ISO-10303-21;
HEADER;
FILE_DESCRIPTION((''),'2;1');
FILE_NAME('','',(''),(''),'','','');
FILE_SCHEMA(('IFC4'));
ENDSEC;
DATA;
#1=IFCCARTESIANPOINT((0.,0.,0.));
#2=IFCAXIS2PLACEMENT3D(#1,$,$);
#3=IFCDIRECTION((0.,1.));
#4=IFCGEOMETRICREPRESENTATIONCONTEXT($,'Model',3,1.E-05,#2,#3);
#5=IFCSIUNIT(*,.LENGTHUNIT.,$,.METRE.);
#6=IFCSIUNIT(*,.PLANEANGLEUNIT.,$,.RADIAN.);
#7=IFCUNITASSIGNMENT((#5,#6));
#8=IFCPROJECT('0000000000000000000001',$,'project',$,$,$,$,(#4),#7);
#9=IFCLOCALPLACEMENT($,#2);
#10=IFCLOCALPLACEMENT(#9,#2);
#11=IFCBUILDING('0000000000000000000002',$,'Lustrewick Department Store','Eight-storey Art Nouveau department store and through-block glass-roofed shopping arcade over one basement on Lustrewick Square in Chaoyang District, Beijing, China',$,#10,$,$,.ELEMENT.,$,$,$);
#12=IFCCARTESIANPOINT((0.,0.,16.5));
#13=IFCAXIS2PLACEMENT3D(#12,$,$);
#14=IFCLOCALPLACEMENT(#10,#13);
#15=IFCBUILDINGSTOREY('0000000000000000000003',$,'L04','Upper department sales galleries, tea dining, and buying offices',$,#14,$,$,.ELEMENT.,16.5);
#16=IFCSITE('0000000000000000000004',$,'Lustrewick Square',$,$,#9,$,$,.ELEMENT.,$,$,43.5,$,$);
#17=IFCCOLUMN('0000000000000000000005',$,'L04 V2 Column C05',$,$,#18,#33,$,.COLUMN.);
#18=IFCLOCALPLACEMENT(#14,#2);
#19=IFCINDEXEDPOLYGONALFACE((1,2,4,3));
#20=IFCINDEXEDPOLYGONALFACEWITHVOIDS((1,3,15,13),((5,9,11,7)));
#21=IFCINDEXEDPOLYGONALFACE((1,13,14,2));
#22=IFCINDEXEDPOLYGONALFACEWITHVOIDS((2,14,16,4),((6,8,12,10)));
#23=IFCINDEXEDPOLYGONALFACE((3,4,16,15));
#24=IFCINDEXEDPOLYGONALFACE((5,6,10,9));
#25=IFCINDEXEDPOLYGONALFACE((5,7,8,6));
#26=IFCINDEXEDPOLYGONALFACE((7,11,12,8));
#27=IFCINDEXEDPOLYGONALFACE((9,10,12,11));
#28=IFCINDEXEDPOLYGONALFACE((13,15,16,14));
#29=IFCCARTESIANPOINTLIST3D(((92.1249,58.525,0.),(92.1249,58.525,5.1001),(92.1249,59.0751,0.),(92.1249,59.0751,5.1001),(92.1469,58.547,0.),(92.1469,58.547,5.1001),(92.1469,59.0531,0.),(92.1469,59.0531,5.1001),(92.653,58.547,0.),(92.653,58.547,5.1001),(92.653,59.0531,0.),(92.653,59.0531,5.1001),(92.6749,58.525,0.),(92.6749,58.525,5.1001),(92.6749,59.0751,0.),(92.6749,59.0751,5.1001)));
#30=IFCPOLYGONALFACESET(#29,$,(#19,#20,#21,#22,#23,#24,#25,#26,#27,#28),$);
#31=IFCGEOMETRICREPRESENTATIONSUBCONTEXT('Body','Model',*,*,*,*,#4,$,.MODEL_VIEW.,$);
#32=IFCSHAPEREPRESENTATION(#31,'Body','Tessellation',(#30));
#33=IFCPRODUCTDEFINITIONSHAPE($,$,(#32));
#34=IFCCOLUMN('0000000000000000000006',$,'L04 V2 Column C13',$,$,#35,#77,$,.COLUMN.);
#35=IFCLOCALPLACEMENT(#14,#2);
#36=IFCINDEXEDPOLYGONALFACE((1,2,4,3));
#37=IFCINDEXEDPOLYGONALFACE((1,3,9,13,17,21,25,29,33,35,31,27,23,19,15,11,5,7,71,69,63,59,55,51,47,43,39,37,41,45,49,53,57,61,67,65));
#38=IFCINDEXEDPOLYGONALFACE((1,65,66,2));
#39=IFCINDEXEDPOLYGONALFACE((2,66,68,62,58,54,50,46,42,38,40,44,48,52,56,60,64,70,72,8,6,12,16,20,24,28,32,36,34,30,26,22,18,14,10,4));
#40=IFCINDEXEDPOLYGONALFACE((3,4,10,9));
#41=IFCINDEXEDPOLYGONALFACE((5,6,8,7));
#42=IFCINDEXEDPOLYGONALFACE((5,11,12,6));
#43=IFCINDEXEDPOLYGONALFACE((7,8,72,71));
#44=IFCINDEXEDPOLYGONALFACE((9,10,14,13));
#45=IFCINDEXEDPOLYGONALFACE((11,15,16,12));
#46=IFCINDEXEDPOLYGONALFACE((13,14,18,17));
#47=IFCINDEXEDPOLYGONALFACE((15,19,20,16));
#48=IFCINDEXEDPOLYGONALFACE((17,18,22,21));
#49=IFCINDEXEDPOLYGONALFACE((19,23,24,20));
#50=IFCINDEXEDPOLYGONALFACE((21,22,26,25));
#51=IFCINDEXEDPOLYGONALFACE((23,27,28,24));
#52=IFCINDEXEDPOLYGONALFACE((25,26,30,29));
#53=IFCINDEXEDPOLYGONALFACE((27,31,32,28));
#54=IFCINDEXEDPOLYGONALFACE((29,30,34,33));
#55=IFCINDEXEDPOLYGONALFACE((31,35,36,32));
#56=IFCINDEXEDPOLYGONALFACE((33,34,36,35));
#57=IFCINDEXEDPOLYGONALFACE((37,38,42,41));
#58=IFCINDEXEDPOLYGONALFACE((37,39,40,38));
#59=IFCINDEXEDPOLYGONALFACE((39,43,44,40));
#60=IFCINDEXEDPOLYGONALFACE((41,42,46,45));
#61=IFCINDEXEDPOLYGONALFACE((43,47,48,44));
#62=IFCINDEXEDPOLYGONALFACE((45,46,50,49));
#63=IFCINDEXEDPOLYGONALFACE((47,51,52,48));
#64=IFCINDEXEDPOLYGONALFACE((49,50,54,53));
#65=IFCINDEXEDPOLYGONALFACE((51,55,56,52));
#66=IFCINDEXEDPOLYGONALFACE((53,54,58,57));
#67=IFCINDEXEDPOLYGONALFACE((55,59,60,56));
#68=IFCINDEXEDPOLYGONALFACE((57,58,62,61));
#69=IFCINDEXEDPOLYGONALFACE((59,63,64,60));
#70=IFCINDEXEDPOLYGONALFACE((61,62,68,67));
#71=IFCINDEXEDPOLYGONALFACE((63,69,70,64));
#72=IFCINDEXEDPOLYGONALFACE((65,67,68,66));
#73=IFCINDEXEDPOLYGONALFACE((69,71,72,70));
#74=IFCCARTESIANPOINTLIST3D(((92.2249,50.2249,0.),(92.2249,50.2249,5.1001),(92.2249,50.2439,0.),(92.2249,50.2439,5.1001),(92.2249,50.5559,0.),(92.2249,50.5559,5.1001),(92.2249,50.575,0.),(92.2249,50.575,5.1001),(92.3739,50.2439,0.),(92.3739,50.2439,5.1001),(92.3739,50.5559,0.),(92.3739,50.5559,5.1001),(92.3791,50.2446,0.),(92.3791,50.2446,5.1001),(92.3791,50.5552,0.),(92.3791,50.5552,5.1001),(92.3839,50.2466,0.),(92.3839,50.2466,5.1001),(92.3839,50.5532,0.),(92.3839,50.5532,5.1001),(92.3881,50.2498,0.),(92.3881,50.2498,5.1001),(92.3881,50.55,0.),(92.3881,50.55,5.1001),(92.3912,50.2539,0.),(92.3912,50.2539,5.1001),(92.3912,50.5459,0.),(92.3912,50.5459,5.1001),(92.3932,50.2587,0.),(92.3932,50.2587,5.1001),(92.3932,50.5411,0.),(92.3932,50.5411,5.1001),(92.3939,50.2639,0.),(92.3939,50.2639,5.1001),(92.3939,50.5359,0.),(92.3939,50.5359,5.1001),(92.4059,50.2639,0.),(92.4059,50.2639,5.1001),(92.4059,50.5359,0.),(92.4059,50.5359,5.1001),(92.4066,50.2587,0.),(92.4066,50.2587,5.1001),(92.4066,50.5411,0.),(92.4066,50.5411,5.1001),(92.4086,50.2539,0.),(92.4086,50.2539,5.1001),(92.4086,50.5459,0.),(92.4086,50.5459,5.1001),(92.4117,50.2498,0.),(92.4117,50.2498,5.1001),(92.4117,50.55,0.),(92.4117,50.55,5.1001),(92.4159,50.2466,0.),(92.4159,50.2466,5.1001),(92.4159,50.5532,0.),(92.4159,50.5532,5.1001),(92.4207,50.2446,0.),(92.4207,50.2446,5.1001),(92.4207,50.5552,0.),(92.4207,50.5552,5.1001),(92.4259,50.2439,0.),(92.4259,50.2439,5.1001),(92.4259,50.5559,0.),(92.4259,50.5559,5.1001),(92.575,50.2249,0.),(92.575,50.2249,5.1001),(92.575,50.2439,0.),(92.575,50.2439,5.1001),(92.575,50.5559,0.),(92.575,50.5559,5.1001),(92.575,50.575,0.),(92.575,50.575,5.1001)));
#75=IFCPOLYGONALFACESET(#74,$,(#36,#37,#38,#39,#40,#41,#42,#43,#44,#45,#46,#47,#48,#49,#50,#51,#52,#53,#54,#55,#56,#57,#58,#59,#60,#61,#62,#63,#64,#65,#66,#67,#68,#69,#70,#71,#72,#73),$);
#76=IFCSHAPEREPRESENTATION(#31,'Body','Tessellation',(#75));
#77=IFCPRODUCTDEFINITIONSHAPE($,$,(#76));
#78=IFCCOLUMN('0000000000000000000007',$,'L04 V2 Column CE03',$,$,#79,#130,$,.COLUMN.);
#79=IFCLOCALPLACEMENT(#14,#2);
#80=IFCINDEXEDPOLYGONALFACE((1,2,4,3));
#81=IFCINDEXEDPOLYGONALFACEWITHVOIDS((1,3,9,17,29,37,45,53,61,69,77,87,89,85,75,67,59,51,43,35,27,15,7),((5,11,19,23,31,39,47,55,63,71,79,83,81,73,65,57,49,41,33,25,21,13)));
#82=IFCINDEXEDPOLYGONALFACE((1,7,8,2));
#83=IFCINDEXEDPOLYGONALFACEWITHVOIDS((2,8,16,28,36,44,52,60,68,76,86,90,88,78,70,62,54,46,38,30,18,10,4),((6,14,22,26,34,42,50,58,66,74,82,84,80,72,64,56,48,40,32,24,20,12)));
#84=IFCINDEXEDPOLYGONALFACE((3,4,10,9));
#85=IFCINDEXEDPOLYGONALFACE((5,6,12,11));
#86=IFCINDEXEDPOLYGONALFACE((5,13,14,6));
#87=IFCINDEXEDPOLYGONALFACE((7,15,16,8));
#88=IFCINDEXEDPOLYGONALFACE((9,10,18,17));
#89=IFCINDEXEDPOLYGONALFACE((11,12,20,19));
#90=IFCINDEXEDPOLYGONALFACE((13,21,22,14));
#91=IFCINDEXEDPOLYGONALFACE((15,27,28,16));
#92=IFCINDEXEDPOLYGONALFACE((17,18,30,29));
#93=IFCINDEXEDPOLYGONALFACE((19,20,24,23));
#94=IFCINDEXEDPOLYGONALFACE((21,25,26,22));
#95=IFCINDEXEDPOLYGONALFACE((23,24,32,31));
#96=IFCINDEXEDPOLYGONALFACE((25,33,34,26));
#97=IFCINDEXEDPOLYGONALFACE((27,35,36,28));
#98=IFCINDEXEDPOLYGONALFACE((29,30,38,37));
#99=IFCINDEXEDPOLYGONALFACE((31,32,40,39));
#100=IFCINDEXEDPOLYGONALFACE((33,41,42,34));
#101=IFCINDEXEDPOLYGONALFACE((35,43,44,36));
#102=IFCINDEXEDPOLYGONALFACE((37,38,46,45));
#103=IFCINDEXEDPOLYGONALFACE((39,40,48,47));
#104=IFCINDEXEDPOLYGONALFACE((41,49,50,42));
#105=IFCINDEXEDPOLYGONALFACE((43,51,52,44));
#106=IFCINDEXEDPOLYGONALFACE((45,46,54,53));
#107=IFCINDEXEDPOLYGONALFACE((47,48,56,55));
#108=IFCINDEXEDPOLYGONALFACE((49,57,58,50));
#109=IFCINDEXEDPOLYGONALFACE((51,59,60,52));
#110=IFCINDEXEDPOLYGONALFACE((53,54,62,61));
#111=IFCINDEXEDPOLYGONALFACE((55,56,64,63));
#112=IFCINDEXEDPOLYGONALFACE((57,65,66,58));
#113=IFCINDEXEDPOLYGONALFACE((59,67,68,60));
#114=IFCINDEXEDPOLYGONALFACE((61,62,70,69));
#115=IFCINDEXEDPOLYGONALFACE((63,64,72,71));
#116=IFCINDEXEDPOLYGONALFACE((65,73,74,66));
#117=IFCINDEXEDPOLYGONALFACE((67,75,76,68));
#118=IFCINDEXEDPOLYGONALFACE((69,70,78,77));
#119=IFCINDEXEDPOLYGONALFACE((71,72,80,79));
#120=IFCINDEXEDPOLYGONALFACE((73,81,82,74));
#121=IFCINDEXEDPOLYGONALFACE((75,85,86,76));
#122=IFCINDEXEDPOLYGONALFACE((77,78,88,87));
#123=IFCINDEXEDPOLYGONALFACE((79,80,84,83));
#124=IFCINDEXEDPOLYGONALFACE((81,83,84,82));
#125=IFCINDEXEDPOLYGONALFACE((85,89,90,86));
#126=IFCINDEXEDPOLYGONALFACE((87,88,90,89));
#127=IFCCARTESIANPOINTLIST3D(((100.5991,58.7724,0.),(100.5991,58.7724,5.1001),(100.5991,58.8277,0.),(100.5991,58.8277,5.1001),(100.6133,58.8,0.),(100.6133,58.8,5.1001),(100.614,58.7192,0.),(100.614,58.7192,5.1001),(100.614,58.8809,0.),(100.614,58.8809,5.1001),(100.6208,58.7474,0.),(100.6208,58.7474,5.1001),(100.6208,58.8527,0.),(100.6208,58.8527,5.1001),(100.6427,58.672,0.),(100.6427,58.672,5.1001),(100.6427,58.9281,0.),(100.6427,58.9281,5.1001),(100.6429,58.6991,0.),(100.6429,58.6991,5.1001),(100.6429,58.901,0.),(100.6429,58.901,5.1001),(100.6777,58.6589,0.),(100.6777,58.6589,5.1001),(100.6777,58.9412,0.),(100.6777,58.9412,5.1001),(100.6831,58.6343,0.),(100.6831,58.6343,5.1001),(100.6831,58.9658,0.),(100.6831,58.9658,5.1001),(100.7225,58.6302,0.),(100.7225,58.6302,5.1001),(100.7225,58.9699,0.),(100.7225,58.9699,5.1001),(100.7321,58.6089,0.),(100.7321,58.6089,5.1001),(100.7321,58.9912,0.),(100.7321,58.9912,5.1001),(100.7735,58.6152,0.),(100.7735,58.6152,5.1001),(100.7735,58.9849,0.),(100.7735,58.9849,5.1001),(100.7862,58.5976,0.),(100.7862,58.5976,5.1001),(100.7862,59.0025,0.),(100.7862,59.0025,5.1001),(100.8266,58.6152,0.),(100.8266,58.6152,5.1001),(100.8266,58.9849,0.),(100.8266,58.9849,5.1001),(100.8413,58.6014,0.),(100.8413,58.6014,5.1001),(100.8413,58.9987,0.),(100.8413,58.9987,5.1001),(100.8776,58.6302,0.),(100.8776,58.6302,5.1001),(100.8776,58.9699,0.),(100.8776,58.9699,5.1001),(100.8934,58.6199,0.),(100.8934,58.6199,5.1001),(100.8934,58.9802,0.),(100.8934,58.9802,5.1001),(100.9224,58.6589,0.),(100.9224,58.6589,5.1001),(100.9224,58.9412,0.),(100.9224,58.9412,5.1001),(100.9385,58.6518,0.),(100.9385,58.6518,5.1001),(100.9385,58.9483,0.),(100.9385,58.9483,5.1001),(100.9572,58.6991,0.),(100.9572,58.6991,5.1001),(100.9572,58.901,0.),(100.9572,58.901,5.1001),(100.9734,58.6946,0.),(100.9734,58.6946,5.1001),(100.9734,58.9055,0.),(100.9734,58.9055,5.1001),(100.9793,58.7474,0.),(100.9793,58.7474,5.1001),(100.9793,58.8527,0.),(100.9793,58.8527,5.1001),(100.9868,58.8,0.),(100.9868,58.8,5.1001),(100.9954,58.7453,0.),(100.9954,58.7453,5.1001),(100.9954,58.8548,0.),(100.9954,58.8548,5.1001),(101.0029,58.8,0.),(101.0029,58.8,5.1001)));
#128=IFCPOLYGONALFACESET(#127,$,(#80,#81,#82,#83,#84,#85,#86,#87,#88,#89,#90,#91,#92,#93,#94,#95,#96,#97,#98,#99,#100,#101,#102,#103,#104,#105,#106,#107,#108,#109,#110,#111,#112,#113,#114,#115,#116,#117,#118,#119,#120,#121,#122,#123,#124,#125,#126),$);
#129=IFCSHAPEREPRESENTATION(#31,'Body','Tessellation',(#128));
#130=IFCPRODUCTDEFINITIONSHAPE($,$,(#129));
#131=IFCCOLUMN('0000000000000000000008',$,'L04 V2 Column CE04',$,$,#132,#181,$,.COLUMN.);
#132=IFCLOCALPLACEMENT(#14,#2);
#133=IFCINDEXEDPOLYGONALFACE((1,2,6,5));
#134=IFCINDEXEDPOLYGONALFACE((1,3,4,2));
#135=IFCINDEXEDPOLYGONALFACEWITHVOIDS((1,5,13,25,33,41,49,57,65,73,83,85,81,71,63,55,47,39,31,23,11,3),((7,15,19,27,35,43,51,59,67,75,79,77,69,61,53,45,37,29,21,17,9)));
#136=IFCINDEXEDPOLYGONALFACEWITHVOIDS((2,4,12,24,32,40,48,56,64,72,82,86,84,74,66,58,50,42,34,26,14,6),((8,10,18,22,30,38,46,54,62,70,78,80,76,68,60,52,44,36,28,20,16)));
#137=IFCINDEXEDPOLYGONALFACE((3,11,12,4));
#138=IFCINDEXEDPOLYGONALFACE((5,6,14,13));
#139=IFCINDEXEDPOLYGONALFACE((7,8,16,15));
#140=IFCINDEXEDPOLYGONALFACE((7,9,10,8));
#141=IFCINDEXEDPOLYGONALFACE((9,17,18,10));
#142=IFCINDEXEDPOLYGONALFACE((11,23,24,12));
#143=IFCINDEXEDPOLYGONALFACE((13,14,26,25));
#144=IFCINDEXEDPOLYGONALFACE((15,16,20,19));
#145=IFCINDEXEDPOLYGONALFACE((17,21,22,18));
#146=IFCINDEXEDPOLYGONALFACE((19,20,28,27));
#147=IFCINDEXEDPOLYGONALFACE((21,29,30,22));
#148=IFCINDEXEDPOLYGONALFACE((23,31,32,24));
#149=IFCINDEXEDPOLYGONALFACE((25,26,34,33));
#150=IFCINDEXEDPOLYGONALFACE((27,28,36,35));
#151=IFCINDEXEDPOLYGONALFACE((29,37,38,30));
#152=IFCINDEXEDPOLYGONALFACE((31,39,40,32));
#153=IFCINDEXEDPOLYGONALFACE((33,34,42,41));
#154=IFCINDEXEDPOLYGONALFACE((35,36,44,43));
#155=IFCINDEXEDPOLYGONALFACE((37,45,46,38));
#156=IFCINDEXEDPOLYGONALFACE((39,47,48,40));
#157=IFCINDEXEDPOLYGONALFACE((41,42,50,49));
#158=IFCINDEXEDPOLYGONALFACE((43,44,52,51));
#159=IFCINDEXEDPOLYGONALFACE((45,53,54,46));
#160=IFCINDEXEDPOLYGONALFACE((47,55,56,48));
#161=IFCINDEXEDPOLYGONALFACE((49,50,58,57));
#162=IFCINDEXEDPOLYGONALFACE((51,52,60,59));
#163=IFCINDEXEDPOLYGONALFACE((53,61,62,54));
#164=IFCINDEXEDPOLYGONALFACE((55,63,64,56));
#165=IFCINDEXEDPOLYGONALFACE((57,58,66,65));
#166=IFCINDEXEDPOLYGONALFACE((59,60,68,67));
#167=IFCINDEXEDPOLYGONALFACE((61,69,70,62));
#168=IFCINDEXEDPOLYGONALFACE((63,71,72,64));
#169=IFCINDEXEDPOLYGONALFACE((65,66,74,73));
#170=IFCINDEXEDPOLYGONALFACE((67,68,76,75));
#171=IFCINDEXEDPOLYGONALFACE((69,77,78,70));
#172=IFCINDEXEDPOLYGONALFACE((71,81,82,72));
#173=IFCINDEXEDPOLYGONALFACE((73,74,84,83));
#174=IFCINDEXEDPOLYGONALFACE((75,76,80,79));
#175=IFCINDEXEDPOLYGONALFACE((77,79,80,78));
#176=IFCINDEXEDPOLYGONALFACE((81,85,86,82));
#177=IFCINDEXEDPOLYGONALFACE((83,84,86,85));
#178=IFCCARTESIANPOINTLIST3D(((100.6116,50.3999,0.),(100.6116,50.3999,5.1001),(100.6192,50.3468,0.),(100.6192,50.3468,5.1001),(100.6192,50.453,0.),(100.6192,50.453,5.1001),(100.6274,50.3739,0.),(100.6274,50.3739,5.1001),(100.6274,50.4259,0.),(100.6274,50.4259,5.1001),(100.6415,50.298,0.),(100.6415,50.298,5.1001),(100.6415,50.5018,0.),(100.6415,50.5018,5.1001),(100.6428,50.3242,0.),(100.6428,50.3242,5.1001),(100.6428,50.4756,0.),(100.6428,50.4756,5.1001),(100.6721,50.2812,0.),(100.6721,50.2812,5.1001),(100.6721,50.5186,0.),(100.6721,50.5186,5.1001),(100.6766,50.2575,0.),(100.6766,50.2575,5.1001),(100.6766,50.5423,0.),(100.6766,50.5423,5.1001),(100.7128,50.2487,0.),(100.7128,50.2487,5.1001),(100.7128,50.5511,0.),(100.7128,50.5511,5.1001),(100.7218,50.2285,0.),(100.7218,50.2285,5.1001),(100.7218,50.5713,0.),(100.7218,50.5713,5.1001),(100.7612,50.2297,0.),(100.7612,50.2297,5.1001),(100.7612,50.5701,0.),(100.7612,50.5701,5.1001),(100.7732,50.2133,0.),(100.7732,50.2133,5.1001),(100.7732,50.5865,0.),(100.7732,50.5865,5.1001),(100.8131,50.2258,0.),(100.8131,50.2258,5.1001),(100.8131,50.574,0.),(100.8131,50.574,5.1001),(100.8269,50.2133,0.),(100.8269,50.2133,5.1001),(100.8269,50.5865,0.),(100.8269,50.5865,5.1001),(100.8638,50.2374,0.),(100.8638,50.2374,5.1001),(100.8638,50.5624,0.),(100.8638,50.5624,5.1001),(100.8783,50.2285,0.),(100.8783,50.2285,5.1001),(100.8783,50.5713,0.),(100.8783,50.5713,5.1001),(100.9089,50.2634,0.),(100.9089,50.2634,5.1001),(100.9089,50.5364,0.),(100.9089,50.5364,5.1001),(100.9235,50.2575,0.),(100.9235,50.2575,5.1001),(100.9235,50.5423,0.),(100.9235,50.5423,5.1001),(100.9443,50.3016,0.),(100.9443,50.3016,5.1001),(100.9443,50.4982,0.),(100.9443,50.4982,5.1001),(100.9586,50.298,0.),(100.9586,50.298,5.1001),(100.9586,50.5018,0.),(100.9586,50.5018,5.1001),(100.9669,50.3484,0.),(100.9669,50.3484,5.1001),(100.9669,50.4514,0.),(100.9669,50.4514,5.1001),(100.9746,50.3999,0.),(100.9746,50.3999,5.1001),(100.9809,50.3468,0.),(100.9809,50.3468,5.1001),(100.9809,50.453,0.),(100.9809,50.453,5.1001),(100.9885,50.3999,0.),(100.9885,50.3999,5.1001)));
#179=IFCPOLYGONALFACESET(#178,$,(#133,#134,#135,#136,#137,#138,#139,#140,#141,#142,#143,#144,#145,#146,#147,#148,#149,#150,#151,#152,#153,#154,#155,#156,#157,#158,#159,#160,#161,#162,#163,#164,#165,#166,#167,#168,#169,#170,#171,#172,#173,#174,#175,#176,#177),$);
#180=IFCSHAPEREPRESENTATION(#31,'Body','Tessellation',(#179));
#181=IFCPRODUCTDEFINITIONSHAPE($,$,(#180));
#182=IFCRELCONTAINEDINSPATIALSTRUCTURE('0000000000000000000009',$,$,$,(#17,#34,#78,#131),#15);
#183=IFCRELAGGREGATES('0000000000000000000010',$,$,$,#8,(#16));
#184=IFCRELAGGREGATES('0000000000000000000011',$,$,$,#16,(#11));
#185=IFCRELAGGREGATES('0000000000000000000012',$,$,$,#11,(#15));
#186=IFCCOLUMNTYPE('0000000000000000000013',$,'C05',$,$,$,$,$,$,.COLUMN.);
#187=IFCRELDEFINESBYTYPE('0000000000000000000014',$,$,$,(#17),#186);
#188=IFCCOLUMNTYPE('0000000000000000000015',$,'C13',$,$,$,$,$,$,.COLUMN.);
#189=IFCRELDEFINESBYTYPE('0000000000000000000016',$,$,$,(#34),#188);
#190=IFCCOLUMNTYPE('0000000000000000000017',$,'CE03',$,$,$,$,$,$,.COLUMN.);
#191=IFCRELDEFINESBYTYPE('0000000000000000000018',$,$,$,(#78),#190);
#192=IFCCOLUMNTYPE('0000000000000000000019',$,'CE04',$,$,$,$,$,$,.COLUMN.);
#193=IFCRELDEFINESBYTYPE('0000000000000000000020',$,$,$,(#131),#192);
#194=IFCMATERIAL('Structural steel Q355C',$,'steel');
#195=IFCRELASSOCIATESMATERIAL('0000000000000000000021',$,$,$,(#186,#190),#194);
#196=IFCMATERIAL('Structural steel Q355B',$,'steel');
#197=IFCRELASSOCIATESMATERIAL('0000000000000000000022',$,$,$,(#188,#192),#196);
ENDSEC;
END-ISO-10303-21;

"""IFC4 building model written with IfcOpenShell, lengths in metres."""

from ifc_helpers import new_model, si_unit, direction, frame, origin, origin_2d, place, context, subcontext, project, spatial, hollow_rectangle, hollow_circle, i_section, extrude, material, material_profile, profile_set, type_object, element, save


model = new_model("IFC4")

# Units and contexts
model_context = context("Model", 3, precision=1e-05, world=origin(), true_north=direction((0.0, 1.0)))
body_context = subcontext(model_context, "Body", "Model", "MODEL_VIEW")
ifc_project = project(units=[si_unit("LENGTHUNIT", "METRE"), si_unit("PLANEANGLEUNIT", "RADIAN")], contexts=[model_context])

# Site, building, storey
site_placement = place(None, origin())
site = spatial("IfcSite", under=ifc_project, at=site_placement, Name="Lustrewick Square", CompositionType="ELEMENT", RefElevation=43.5)
building_placement = place(site_placement, origin())
building = spatial("IfcBuilding", under=site, at=building_placement, Name="Lustrewick Department Store", Description="Eight-storey Art Nouveau department store and through-block glass-roofed shopping arcade over one basement on Lustrewick Square in Chaoyang District, Beijing, China", CompositionType="ELEMENT")
storey_placement = place(building_placement, frame((0.0, 0.0, 16.5)))
storey = spatial("IfcBuildingStorey", under=building, at=storey_placement, Name="L04", Description="Upper department sales galleries, tea dining, and buying offices", CompositionType="ELEMENT", Elevation=16.5)

# Columns
ifc_material_1 = material(Name="Structural steel Q355C", Category="steel")
ifc_material_profile_1 = material_profile(ifc_material_1, hollow_rectangle(XDim=0.55, YDim=0.55, WallThickness=0.022, at=origin_2d()), Name="BOX 550x550x22")
ifc_profile_set_1 = profile_set([ifc_material_profile_1], Name="Structural steel Q355C")
column_type_1 = type_object("IfcColumnType", Name="C05", PredefinedType="COLUMN", material=ifc_profile_set_1)
column_1_placement = place(storey_placement, frame((92.3999, 58.8, 0.0), z_axis=(0.0, 0.0, 1.0), x_axis=(1.0, 0.0, 0.0)))
element("IfcColumn", 1, at=column_1_placement, inside=storey, type_object=column_type_1, Name="L04 V2 Column C05", PredefinedType="COLUMN", context=body_context, shape_type="SweptSolid", body=[
    extrude(hollow_rectangle(XDim=0.55, YDim=0.55, WallThickness=0.022, at=origin_2d()), origin(), (0.0, 0.0, 1.0), 5.1001),
])
ifc_material_2 = material(Name="Structural steel Q355B", Category="steel")
ifc_material_profile_2 = material_profile(ifc_material_2, i_section(OverallWidth=0.3501, OverallDepth=0.3501, WebThickness=0.012, FlangeThickness=0.019, FilletRadius=0.02, at=origin_2d()), Name="HW 350x350x12x19")
ifc_profile_set_2 = profile_set([ifc_material_profile_2], Name="Structural steel Q355B")
column_type_2 = type_object("IfcColumnType", Name="C13", PredefinedType="COLUMN", material=ifc_profile_set_2)
column_2_placement = place(storey_placement, frame((92.3999, 50.3999, 0.0), z_axis=(0.0, 0.0, 1.0), x_axis=(1.0, 0.0, 0.0)))
element("IfcColumn", 2, at=column_2_placement, inside=storey, type_object=column_type_2, Name="L04 V2 Column C13", PredefinedType="COLUMN", context=body_context, shape_type="SweptSolid", body=[
    extrude(i_section(OverallWidth=0.3501, OverallDepth=0.3501, WebThickness=0.012, FlangeThickness=0.019, FilletRadius=0.02, at=origin_2d()), origin(), (0.0, 0.0, 1.0), 5.1001),
])
ifc_material_profile_3 = material_profile(ifc_material_1, hollow_circle(Radius=0.2029, WallThickness=0.0161, at=origin_2d()), Name="CHS 406x16")
ifc_profile_set_3 = profile_set([ifc_material_profile_3], Name="Structural steel Q355C")
column_type_3 = type_object("IfcColumnType", Name="CE03", PredefinedType="COLUMN", material=ifc_profile_set_3)
column_3_placement = place(storey_placement, frame((100.8, 58.8, 0.0), z_axis=(0.0, 0.0, 1.0), x_axis=(1.0, 0.0, 0.0)))
element("IfcColumn", 3, at=column_3_placement, inside=storey, type_object=column_type_3, Name="L04 V2 Column CE03", PredefinedType="COLUMN", context=body_context, shape_type="SweptSolid", body=[
    extrude(hollow_circle(Radius=0.2029, WallThickness=0.0161, at=origin_2d()), origin(), (0.0, 0.0, 1.0), 5.1001),
])
ifc_material_profile_4 = material_profile(ifc_material_2, hollow_circle(Radius=0.1885, WallThickness=0.0139, at=origin_2d()), Name="CHS 377x14")
ifc_profile_set_4 = profile_set([ifc_material_profile_4], Name="Structural steel Q355B")
column_type_4 = type_object("IfcColumnType", Name="CE04", PredefinedType="COLUMN", material=ifc_profile_set_4)
column_4_placement = place(storey_placement, frame((100.8, 50.3999, 0.0), z_axis=(0.0, 0.0, 1.0), x_axis=(1.0, 0.0, 0.0)))
element("IfcColumn", 4, at=column_4_placement, inside=storey, type_object=column_type_4, Name="L04 V2 Column CE04", PredefinedType="COLUMN", context=body_context, shape_type="SweptSolid", body=[
    extrude(hollow_circle(Radius=0.1885, WallThickness=0.0139, at=origin_2d()), origin(), (0.0, 0.0, 1.0), 5.1001),
])

save(model, "model.ifc")
